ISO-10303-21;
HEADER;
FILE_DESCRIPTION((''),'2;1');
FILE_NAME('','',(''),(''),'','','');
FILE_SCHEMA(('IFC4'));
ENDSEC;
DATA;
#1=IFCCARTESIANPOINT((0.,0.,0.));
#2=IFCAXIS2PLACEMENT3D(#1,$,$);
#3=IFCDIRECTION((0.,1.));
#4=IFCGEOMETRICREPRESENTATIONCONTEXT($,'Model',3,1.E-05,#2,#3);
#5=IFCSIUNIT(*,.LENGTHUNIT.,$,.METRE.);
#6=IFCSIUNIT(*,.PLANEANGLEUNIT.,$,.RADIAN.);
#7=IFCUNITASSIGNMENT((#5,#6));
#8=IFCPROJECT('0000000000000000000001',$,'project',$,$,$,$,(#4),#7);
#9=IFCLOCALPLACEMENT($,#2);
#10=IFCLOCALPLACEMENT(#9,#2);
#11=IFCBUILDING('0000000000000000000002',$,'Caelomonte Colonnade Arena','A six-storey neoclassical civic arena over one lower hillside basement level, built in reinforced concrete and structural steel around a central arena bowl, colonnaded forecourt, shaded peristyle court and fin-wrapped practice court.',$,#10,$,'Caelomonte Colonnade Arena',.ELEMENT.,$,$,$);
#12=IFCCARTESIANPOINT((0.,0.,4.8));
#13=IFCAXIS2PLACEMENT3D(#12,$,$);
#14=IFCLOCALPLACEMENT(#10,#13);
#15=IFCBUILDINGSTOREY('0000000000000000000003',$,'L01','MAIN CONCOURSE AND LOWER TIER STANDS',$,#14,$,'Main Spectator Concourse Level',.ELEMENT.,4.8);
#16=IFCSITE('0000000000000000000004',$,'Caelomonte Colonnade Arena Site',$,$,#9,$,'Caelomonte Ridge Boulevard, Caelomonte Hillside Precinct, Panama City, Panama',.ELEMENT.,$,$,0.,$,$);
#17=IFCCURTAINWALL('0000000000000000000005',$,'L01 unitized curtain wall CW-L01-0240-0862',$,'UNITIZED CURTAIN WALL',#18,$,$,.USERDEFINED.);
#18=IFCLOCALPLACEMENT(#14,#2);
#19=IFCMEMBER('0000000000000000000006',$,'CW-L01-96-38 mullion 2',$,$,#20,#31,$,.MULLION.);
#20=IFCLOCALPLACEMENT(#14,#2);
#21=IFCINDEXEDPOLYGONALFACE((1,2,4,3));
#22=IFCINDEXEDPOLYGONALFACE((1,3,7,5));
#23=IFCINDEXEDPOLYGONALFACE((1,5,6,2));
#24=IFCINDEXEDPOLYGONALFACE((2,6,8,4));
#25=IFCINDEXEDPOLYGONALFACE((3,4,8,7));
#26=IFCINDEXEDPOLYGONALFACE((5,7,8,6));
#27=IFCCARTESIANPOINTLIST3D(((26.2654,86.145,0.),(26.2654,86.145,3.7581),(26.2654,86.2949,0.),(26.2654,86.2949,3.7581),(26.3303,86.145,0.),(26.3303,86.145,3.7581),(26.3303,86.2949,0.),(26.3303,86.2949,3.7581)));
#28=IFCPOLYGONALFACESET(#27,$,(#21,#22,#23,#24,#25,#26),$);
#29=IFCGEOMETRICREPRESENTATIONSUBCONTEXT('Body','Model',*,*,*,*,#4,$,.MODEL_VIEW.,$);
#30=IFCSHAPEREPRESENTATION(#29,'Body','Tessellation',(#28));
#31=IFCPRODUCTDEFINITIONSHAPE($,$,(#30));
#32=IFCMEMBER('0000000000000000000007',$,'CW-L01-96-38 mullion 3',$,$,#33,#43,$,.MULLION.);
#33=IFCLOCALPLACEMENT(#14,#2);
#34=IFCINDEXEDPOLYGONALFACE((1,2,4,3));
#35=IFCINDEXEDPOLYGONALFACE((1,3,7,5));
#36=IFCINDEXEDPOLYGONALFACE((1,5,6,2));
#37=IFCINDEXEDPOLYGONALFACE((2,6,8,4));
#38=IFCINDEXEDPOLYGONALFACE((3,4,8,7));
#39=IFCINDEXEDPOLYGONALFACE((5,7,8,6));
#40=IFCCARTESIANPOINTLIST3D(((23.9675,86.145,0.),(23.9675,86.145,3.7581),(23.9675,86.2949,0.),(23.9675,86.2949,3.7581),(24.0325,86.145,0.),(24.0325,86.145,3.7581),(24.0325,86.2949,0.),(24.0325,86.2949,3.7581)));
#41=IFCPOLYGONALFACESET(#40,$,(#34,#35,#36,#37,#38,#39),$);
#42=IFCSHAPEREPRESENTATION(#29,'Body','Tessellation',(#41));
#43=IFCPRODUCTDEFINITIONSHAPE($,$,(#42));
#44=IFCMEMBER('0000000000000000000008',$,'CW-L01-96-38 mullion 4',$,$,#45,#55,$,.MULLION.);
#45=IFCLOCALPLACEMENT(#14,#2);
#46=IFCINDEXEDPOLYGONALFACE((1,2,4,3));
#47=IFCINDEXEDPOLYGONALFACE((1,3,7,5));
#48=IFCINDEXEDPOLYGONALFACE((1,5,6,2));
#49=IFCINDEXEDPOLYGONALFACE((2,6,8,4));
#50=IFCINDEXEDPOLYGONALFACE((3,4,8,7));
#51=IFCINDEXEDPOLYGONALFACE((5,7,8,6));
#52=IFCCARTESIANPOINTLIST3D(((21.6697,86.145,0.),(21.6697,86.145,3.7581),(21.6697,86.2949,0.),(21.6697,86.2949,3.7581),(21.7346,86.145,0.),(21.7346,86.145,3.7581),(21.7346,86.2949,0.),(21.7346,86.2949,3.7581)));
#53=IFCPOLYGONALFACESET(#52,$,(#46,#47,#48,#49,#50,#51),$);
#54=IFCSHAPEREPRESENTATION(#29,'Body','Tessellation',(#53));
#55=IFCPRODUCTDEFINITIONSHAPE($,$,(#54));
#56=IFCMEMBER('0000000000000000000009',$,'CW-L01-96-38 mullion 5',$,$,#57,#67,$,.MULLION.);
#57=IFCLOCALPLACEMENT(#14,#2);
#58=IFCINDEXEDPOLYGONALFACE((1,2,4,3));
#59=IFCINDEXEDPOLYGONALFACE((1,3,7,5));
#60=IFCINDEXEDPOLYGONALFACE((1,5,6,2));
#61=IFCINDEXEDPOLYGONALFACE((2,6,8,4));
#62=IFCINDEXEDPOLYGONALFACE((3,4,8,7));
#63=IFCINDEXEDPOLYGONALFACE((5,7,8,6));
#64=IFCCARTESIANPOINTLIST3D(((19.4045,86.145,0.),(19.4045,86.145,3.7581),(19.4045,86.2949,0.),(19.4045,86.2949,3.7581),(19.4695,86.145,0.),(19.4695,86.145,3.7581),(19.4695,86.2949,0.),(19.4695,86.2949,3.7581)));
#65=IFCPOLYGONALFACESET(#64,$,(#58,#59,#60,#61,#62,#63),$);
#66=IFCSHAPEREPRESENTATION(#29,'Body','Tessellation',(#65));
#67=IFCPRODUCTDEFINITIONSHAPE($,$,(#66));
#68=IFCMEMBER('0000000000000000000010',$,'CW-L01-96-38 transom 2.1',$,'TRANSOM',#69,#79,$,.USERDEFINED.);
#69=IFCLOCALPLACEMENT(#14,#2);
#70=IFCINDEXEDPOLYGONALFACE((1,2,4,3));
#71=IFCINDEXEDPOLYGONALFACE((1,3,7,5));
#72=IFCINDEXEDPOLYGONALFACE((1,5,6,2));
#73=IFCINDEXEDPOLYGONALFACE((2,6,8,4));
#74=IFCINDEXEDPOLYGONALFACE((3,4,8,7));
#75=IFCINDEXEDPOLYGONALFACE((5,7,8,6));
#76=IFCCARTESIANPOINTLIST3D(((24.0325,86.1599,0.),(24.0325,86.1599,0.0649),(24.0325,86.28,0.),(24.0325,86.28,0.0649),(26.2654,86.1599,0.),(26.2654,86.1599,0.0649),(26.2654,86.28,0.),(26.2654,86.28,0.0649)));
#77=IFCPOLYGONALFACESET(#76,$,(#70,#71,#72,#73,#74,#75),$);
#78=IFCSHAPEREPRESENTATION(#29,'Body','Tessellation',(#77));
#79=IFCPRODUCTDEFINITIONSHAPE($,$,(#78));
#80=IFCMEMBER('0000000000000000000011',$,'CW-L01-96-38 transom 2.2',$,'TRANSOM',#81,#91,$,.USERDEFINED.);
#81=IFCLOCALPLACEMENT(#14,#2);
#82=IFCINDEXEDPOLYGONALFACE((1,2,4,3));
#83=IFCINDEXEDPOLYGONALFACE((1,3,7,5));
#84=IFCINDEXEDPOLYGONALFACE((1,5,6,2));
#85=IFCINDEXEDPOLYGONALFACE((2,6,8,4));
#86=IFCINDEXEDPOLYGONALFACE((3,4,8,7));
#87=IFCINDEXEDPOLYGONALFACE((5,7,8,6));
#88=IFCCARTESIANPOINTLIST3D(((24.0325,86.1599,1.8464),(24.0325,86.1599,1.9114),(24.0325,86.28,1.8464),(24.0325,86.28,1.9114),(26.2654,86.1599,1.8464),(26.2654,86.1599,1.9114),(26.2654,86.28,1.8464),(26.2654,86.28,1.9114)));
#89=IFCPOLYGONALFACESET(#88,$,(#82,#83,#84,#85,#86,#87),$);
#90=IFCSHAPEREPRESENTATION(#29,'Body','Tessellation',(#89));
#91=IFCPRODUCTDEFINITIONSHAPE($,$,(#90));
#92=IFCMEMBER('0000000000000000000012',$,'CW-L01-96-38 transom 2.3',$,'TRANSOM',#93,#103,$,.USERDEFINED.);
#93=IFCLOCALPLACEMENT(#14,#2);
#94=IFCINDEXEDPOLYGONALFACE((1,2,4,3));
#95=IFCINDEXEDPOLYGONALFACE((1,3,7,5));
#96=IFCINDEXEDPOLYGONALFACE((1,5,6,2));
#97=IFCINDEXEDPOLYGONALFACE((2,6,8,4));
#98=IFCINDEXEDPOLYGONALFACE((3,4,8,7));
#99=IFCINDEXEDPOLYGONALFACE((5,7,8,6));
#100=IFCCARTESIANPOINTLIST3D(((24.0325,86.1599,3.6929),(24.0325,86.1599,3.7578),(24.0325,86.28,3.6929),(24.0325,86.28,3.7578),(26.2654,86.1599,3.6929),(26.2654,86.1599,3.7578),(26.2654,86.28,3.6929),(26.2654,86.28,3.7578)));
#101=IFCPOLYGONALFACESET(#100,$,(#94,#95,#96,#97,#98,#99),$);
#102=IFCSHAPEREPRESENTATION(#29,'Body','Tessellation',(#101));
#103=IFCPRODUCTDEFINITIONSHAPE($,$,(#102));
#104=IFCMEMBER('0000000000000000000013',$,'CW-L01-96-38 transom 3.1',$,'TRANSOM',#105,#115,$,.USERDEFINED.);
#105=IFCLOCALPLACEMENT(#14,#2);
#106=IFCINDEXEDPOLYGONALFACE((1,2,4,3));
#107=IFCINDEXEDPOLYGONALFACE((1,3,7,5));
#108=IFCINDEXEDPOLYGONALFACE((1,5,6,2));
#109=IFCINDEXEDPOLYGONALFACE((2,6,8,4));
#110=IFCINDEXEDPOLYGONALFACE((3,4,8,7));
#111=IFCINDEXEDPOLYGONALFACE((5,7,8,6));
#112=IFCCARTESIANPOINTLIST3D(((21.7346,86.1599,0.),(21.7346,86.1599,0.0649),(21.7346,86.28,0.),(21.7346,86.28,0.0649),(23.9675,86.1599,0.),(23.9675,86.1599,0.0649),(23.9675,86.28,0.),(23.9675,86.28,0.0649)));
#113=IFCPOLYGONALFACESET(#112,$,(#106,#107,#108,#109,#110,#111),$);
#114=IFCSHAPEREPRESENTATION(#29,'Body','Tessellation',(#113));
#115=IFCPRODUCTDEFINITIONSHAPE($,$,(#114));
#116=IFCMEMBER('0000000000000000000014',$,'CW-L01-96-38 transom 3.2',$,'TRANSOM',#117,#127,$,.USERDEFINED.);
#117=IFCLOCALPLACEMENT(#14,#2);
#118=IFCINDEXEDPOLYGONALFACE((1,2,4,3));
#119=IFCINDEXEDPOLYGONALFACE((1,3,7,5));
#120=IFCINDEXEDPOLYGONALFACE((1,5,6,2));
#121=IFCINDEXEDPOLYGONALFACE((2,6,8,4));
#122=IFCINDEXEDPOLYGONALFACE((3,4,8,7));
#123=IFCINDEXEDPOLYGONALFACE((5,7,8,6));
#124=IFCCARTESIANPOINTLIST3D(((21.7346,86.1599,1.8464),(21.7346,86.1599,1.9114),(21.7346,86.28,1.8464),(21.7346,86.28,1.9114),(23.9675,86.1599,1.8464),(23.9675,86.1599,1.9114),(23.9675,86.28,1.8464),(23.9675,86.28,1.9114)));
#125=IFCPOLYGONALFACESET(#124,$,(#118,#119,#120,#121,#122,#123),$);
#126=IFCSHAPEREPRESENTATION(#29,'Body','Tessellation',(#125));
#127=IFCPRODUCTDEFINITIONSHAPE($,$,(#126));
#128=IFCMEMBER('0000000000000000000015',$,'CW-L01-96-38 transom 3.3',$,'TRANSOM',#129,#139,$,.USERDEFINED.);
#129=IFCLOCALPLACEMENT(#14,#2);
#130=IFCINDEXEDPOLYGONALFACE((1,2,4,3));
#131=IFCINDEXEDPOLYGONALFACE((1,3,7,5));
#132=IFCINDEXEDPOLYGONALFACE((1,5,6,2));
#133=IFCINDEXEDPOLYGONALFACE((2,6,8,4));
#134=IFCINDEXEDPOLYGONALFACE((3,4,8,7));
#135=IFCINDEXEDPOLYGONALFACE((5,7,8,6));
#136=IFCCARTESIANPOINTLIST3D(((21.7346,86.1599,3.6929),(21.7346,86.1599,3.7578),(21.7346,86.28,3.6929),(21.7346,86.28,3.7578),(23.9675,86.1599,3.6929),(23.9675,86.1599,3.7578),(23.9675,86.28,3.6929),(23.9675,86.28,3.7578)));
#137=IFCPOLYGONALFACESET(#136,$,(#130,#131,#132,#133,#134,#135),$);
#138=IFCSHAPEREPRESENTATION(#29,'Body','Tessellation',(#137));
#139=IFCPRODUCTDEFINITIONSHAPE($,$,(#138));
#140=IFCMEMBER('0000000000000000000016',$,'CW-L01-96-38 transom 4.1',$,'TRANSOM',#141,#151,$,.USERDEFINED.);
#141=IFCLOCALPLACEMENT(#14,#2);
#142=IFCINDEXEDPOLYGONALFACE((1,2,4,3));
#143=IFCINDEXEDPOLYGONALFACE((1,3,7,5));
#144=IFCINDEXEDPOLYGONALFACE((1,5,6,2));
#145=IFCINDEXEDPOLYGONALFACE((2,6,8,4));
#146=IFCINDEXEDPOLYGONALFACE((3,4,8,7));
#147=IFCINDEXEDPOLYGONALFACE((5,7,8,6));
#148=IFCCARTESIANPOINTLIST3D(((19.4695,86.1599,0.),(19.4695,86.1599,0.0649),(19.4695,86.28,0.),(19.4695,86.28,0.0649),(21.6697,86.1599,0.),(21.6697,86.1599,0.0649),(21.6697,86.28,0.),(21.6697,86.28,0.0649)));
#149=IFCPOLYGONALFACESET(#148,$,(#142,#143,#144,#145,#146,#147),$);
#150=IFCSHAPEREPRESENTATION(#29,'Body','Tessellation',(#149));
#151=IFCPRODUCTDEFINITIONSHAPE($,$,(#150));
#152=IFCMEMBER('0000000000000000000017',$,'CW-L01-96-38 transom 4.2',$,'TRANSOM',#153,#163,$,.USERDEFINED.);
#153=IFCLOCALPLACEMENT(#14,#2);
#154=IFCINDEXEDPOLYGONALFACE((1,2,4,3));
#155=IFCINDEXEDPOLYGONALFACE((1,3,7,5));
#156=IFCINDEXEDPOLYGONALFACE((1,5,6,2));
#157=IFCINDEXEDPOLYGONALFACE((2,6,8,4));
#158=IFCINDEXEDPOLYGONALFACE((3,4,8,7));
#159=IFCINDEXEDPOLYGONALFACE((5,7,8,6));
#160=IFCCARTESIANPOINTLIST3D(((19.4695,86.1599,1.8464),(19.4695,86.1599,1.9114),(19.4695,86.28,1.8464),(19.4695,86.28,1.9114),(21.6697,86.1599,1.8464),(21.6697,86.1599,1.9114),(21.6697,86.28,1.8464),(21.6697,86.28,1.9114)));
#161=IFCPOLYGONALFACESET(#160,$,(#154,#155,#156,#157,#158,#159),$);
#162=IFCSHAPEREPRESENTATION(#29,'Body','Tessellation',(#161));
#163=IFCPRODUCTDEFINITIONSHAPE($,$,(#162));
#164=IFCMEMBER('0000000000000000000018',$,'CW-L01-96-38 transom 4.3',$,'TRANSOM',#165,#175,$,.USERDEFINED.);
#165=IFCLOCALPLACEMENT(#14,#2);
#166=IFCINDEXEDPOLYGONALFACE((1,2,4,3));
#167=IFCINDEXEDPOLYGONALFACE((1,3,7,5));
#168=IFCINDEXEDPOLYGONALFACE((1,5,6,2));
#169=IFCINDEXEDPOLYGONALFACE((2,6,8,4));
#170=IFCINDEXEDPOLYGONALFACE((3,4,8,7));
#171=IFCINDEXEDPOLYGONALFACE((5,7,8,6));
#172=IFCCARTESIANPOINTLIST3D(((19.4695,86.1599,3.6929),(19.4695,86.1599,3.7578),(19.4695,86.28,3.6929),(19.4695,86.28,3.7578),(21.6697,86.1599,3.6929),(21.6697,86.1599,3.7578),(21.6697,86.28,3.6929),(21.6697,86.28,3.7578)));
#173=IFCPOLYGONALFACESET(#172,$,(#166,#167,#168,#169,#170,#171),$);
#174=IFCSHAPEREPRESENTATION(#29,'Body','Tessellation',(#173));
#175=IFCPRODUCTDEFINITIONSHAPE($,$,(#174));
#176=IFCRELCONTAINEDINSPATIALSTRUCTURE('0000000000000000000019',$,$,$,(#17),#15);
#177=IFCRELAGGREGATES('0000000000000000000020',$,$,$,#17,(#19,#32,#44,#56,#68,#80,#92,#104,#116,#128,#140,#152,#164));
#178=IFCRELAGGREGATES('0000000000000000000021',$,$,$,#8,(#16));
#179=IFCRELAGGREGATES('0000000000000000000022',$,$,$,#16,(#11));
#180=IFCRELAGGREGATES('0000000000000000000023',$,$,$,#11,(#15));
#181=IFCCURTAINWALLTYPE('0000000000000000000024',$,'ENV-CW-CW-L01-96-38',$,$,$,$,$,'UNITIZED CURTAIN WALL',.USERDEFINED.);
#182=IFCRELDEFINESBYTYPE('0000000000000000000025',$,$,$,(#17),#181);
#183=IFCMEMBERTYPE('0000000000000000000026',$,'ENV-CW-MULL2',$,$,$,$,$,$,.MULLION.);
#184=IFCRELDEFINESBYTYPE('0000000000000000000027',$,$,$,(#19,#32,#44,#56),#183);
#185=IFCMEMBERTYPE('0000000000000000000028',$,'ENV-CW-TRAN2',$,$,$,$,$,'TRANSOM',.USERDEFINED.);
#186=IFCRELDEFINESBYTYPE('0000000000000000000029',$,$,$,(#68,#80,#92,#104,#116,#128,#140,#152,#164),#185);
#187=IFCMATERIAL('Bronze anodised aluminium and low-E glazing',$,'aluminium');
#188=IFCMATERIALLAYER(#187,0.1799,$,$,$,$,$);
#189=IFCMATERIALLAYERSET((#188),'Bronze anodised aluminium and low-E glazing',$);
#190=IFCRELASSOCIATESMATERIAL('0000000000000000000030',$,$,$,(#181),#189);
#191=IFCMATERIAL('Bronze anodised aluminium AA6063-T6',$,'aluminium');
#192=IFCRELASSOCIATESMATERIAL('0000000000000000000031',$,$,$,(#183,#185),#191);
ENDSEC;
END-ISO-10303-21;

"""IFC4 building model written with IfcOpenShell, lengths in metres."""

from ifc_helpers import new_model, si_unit, direction, frame, origin, origin_2d, place, context, subcontext, project, spatial, rectangle, extrude, material, layer, layer_set, material_profile, profile_set, type_object, element, aggregate, save


model = new_model("IFC4")

# Units and contexts
model_context = context("Model", 3, precision=1e-05, world=origin(), true_north=direction((0.0, 1.0)))
body_context = subcontext(model_context, "Body", "Model", "MODEL_VIEW")
ifc_project = project(units=[si_unit("LENGTHUNIT", "METRE"), si_unit("PLANEANGLEUNIT", "RADIAN")], contexts=[model_context])

# Site, building, storey
site_placement = place(None, origin())
site = spatial("IfcSite", under=ifc_project, at=site_placement, Name="Caelomonte Colonnade Arena Site", LongName="Caelomonte Ridge Boulevard, Caelomonte Hillside Precinct, Panama City, Panama", CompositionType="ELEMENT", RefElevation=0.0)
building_placement = place(site_placement, origin())
building = spatial("IfcBuilding", under=site, at=building_placement, Name="Caelomonte Colonnade Arena", Description="A six-storey neoclassical civic arena over one lower hillside basement level, built in reinforced concrete and structural steel around a central arena bowl, colonnaded forecourt, shaded peristyle court and fin-wrapped practice court.", LongName="Caelomonte Colonnade Arena", CompositionType="ELEMENT")
storey_placement = place(building_placement, frame((0.0, 0.0, 4.8)))
storey = spatial("IfcBuildingStorey", under=building, at=storey_placement, Name="L01", Description="MAIN CONCOURSE AND LOWER TIER STANDS", LongName="Main Spectator Concourse Level", CompositionType="ELEMENT", Elevation=4.8)

# Curtain wall, members
ifc_material_1 = material(Name="Bronze anodised aluminium and low-E glazing", Category="aluminium")
ifc_layer_1 = layer(ifc_material_1, 0.1799)
ifc_layer_set_1 = layer_set([ifc_layer_1], Name="Bronze anodised aluminium and low-E glazing")
curtain_wall_type = type_object("IfcCurtainWallType", Name="ENV-CW-CW-L01-96-38", ElementType="UNITIZED CURTAIN WALL", PredefinedType="USERDEFINED", material=ifc_layer_set_1)
curtain_wall_placement = place(storey_placement, origin())
curtain_wall = element("IfcCurtainWall", 1, at=curtain_wall_placement, inside=storey, type_object=curtain_wall_type, Name="L01 unitized curtain wall CW-L01-0240-0862", ObjectType="UNITIZED CURTAIN WALL", PredefinedType="USERDEFINED")
ifc_material_2 = material(Name="Bronze anodised aluminium AA6063-T6", Category="aluminium")
ifc_material_profile_1 = material_profile(ifc_material_2, rectangle(XDim=0.0649, YDim=0.1499, at=origin_2d()), Name="CWM-65X150")
ifc_profile_set_1 = profile_set([ifc_material_profile_1], Name="Bronze anodised aluminium AA6063-T6")
member_type_1 = type_object("IfcMemberType", Name="ENV-CW-MULL2", PredefinedType="MULLION", material=ifc_profile_set_1)
member_1_placement = place(storey_placement, frame((26.2979, 86.22, 0.0), z_axis=(0.0, 0.0, 1.0), x_axis=(-1.0, 0.0, 0.0)))
member_1 = element("IfcMember", 2, at=member_1_placement, type_object=member_type_1, Name="CW-L01-96-38 mullion 2", PredefinedType="MULLION", context=body_context, shape_type="SweptSolid", body=[
    extrude(rectangle(XDim=0.0649, YDim=0.1499, at=origin_2d()), origin(), (0.0, 0.0, 1.0), 3.7581),
])
member_2_placement = place(storey_placement, frame((24.0, 86.22, 0.0), z_axis=(0.0, 0.0, 1.0), x_axis=(-1.0, 0.0, 0.0)))
member_2 = element("IfcMember", 3, at=member_2_placement, type_object=member_type_1, Name="CW-L01-96-38 mullion 3", PredefinedType="MULLION", context=body_context, shape_type="SweptSolid", body=[
    extrude(rectangle(XDim=0.0649, YDim=0.1499, at=origin_2d()), origin(), (0.0, 0.0, 1.0), 3.7581),
])
member_3_placement = place(storey_placement, frame((21.7021, 86.22, 0.0), z_axis=(0.0, 0.0, 1.0), x_axis=(-1.0, 0.0, 0.0)))
member_3 = element("IfcMember", 4, at=member_3_placement, type_object=member_type_1, Name="CW-L01-96-38 mullion 4", PredefinedType="MULLION", context=body_context, shape_type="SweptSolid", body=[
    extrude(rectangle(XDim=0.0649, YDim=0.1499, at=origin_2d()), origin(), (0.0, 0.0, 1.0), 3.7581),
])
member_4_placement = place(storey_placement, frame((19.437, 86.22, 0.0), z_axis=(0.0, 0.0, 1.0), x_axis=(-1.0, 0.0, 0.0)))
member_4 = element("IfcMember", 5, at=member_4_placement, type_object=member_type_1, Name="CW-L01-96-38 mullion 5", PredefinedType="MULLION", context=body_context, shape_type="SweptSolid", body=[
    extrude(rectangle(XDim=0.0649, YDim=0.1499, at=origin_2d()), origin(), (0.0, 0.0, 1.0), 3.7581),
])
ifc_material_profile_2 = material_profile(ifc_material_2, rectangle(XDim=0.0649, YDim=0.1201, at=origin_2d()), Name="CWT-65X120")
ifc_profile_set_2 = profile_set([ifc_material_profile_2], Name="Bronze anodised aluminium AA6063-T6")
member_type_2 = type_object("IfcMemberType", Name="ENV-CW-TRAN2", ElementType="TRANSOM", PredefinedType="USERDEFINED", material=ifc_profile_set_2)
member_5_placement = place(storey_placement, frame((26.2654, 86.22, 0.0325), z_axis=(-1.0, 0.0, 0.0), x_axis=(0.0, 0.0, 1.0)))
member_5 = element("IfcMember", 6, at=member_5_placement, type_object=member_type_2, Name="CW-L01-96-38 transom 2.1", ObjectType="TRANSOM", PredefinedType="USERDEFINED", context=body_context, shape_type="SweptSolid", body=[
    extrude(rectangle(XDim=0.0649, YDim=0.1201, at=origin_2d()), origin(), (0.0, 0.0, 1.0), 2.2329),
])
member_6_placement = place(storey_placement, frame((26.2654, 86.22, 1.8789), z_axis=(-1.0, 0.0, 0.0), x_axis=(0.0, 0.0, 1.0)))
member_6 = element("IfcMember", 7, at=member_6_placement, type_object=member_type_2, Name="CW-L01-96-38 transom 2.2", ObjectType="TRANSOM", PredefinedType="USERDEFINED", context=body_context, shape_type="SweptSolid", body=[
    extrude(rectangle(XDim=0.0649, YDim=0.1201, at=origin_2d()), origin(), (0.0, 0.0, 1.0), 2.2329),
])
member_7_placement = place(storey_placement, frame((26.2654, 86.22, 3.7253), z_axis=(-1.0, 0.0, 0.0), x_axis=(0.0, 0.0, 1.0)))
member_7 = element("IfcMember", 8, at=member_7_placement, type_object=member_type_2, Name="CW-L01-96-38 transom 2.3", ObjectType="TRANSOM", PredefinedType="USERDEFINED", context=body_context, shape_type="SweptSolid", body=[
    extrude(rectangle(XDim=0.0649, YDim=0.1201, at=origin_2d()), origin(), (0.0, 0.0, 1.0), 2.2329),
])
member_8_placement = place(storey_placement, frame((23.9675, 86.22, 0.0325), z_axis=(-1.0, 0.0, 0.0), x_axis=(0.0, 0.0, 1.0)))
member_8 = element("IfcMember", 9, at=member_8_placement, type_object=member_type_2, Name="CW-L01-96-38 transom 3.1", ObjectType="TRANSOM", PredefinedType="USERDEFINED", context=body_context, shape_type="SweptSolid", body=[
    extrude(rectangle(XDim=0.0649, YDim=0.1201, at=origin_2d()), origin(), (0.0, 0.0, 1.0), 2.2329),
])
member_9_placement = place(storey_placement, frame((23.9675, 86.22, 1.8789), z_axis=(-1.0, 0.0, 0.0), x_axis=(0.0, 0.0, 1.0)))
member_9 = element("IfcMember", 10, at=member_9_placement, type_object=member_type_2, Name="CW-L01-96-38 transom 3.2", ObjectType="TRANSOM", PredefinedType="USERDEFINED", context=body_context, shape_type="SweptSolid", body=[
    extrude(rectangle(XDim=0.0649, YDim=0.1201, at=origin_2d()), origin(), (0.0, 0.0, 1.0), 2.2329),
])
member_10_placement = place(storey_placement, frame((23.9675, 86.22, 3.7253), z_axis=(-1.0, 0.0, 0.0), x_axis=(0.0, 0.0, 1.0)))
member_10 = element("IfcMember", 11, at=member_10_placement, type_object=member_type_2, Name="CW-L01-96-38 transom 3.3", ObjectType="TRANSOM", PredefinedType="USERDEFINED", context=body_context, shape_type="SweptSolid", body=[
    extrude(rectangle(XDim=0.0649, YDim=0.1201, at=origin_2d()), origin(), (0.0, 0.0, 1.0), 2.2329),
])
member_11_placement = place(storey_placement, frame((21.6697, 86.22, 0.0325), z_axis=(-1.0, 0.0, 0.0), x_axis=(0.0, 0.0, 1.0)))
member_11 = element("IfcMember", 12, at=member_11_placement, type_object=member_type_2, Name="CW-L01-96-38 transom 4.1", ObjectType="TRANSOM", PredefinedType="USERDEFINED", context=body_context, shape_type="SweptSolid", body=[
    extrude(rectangle(XDim=0.0649, YDim=0.1201, at=origin_2d()), origin(), (0.0, 0.0, 1.0), 2.2002),
])
member_12_placement = place(storey_placement, frame((21.6697, 86.22, 1.8789), z_axis=(-1.0, 0.0, 0.0), x_axis=(0.0, 0.0, 1.0)))
member_12 = element("IfcMember", 13, at=member_12_placement, type_object=member_type_2, Name="CW-L01-96-38 transom 4.2", ObjectType="TRANSOM", PredefinedType="USERDEFINED", context=body_context, shape_type="SweptSolid", body=[
    extrude(rectangle(XDim=0.0649, YDim=0.1201, at=origin_2d()), origin(), (0.0, 0.0, 1.0), 2.2002),
])
member_13_placement = place(storey_placement, frame((21.6697, 86.22, 3.7253), z_axis=(-1.0, 0.0, 0.0), x_axis=(0.0, 0.0, 1.0)))
member_13 = element("IfcMember", 14, at=member_13_placement, type_object=member_type_2, Name="CW-L01-96-38 transom 4.3", ObjectType="TRANSOM", PredefinedType="USERDEFINED", context=body_context, shape_type="SweptSolid", body=[
    extrude(rectangle(XDim=0.0649, YDim=0.1201, at=origin_2d()), origin(), (0.0, 0.0, 1.0), 2.2002),
])

aggregate(curtain_wall, [member_1, member_2, member_3, member_4, member_5, member_6, member_7, member_8, member_9, member_10, member_11, member_12, member_13])

save(model, "model.ifc")
